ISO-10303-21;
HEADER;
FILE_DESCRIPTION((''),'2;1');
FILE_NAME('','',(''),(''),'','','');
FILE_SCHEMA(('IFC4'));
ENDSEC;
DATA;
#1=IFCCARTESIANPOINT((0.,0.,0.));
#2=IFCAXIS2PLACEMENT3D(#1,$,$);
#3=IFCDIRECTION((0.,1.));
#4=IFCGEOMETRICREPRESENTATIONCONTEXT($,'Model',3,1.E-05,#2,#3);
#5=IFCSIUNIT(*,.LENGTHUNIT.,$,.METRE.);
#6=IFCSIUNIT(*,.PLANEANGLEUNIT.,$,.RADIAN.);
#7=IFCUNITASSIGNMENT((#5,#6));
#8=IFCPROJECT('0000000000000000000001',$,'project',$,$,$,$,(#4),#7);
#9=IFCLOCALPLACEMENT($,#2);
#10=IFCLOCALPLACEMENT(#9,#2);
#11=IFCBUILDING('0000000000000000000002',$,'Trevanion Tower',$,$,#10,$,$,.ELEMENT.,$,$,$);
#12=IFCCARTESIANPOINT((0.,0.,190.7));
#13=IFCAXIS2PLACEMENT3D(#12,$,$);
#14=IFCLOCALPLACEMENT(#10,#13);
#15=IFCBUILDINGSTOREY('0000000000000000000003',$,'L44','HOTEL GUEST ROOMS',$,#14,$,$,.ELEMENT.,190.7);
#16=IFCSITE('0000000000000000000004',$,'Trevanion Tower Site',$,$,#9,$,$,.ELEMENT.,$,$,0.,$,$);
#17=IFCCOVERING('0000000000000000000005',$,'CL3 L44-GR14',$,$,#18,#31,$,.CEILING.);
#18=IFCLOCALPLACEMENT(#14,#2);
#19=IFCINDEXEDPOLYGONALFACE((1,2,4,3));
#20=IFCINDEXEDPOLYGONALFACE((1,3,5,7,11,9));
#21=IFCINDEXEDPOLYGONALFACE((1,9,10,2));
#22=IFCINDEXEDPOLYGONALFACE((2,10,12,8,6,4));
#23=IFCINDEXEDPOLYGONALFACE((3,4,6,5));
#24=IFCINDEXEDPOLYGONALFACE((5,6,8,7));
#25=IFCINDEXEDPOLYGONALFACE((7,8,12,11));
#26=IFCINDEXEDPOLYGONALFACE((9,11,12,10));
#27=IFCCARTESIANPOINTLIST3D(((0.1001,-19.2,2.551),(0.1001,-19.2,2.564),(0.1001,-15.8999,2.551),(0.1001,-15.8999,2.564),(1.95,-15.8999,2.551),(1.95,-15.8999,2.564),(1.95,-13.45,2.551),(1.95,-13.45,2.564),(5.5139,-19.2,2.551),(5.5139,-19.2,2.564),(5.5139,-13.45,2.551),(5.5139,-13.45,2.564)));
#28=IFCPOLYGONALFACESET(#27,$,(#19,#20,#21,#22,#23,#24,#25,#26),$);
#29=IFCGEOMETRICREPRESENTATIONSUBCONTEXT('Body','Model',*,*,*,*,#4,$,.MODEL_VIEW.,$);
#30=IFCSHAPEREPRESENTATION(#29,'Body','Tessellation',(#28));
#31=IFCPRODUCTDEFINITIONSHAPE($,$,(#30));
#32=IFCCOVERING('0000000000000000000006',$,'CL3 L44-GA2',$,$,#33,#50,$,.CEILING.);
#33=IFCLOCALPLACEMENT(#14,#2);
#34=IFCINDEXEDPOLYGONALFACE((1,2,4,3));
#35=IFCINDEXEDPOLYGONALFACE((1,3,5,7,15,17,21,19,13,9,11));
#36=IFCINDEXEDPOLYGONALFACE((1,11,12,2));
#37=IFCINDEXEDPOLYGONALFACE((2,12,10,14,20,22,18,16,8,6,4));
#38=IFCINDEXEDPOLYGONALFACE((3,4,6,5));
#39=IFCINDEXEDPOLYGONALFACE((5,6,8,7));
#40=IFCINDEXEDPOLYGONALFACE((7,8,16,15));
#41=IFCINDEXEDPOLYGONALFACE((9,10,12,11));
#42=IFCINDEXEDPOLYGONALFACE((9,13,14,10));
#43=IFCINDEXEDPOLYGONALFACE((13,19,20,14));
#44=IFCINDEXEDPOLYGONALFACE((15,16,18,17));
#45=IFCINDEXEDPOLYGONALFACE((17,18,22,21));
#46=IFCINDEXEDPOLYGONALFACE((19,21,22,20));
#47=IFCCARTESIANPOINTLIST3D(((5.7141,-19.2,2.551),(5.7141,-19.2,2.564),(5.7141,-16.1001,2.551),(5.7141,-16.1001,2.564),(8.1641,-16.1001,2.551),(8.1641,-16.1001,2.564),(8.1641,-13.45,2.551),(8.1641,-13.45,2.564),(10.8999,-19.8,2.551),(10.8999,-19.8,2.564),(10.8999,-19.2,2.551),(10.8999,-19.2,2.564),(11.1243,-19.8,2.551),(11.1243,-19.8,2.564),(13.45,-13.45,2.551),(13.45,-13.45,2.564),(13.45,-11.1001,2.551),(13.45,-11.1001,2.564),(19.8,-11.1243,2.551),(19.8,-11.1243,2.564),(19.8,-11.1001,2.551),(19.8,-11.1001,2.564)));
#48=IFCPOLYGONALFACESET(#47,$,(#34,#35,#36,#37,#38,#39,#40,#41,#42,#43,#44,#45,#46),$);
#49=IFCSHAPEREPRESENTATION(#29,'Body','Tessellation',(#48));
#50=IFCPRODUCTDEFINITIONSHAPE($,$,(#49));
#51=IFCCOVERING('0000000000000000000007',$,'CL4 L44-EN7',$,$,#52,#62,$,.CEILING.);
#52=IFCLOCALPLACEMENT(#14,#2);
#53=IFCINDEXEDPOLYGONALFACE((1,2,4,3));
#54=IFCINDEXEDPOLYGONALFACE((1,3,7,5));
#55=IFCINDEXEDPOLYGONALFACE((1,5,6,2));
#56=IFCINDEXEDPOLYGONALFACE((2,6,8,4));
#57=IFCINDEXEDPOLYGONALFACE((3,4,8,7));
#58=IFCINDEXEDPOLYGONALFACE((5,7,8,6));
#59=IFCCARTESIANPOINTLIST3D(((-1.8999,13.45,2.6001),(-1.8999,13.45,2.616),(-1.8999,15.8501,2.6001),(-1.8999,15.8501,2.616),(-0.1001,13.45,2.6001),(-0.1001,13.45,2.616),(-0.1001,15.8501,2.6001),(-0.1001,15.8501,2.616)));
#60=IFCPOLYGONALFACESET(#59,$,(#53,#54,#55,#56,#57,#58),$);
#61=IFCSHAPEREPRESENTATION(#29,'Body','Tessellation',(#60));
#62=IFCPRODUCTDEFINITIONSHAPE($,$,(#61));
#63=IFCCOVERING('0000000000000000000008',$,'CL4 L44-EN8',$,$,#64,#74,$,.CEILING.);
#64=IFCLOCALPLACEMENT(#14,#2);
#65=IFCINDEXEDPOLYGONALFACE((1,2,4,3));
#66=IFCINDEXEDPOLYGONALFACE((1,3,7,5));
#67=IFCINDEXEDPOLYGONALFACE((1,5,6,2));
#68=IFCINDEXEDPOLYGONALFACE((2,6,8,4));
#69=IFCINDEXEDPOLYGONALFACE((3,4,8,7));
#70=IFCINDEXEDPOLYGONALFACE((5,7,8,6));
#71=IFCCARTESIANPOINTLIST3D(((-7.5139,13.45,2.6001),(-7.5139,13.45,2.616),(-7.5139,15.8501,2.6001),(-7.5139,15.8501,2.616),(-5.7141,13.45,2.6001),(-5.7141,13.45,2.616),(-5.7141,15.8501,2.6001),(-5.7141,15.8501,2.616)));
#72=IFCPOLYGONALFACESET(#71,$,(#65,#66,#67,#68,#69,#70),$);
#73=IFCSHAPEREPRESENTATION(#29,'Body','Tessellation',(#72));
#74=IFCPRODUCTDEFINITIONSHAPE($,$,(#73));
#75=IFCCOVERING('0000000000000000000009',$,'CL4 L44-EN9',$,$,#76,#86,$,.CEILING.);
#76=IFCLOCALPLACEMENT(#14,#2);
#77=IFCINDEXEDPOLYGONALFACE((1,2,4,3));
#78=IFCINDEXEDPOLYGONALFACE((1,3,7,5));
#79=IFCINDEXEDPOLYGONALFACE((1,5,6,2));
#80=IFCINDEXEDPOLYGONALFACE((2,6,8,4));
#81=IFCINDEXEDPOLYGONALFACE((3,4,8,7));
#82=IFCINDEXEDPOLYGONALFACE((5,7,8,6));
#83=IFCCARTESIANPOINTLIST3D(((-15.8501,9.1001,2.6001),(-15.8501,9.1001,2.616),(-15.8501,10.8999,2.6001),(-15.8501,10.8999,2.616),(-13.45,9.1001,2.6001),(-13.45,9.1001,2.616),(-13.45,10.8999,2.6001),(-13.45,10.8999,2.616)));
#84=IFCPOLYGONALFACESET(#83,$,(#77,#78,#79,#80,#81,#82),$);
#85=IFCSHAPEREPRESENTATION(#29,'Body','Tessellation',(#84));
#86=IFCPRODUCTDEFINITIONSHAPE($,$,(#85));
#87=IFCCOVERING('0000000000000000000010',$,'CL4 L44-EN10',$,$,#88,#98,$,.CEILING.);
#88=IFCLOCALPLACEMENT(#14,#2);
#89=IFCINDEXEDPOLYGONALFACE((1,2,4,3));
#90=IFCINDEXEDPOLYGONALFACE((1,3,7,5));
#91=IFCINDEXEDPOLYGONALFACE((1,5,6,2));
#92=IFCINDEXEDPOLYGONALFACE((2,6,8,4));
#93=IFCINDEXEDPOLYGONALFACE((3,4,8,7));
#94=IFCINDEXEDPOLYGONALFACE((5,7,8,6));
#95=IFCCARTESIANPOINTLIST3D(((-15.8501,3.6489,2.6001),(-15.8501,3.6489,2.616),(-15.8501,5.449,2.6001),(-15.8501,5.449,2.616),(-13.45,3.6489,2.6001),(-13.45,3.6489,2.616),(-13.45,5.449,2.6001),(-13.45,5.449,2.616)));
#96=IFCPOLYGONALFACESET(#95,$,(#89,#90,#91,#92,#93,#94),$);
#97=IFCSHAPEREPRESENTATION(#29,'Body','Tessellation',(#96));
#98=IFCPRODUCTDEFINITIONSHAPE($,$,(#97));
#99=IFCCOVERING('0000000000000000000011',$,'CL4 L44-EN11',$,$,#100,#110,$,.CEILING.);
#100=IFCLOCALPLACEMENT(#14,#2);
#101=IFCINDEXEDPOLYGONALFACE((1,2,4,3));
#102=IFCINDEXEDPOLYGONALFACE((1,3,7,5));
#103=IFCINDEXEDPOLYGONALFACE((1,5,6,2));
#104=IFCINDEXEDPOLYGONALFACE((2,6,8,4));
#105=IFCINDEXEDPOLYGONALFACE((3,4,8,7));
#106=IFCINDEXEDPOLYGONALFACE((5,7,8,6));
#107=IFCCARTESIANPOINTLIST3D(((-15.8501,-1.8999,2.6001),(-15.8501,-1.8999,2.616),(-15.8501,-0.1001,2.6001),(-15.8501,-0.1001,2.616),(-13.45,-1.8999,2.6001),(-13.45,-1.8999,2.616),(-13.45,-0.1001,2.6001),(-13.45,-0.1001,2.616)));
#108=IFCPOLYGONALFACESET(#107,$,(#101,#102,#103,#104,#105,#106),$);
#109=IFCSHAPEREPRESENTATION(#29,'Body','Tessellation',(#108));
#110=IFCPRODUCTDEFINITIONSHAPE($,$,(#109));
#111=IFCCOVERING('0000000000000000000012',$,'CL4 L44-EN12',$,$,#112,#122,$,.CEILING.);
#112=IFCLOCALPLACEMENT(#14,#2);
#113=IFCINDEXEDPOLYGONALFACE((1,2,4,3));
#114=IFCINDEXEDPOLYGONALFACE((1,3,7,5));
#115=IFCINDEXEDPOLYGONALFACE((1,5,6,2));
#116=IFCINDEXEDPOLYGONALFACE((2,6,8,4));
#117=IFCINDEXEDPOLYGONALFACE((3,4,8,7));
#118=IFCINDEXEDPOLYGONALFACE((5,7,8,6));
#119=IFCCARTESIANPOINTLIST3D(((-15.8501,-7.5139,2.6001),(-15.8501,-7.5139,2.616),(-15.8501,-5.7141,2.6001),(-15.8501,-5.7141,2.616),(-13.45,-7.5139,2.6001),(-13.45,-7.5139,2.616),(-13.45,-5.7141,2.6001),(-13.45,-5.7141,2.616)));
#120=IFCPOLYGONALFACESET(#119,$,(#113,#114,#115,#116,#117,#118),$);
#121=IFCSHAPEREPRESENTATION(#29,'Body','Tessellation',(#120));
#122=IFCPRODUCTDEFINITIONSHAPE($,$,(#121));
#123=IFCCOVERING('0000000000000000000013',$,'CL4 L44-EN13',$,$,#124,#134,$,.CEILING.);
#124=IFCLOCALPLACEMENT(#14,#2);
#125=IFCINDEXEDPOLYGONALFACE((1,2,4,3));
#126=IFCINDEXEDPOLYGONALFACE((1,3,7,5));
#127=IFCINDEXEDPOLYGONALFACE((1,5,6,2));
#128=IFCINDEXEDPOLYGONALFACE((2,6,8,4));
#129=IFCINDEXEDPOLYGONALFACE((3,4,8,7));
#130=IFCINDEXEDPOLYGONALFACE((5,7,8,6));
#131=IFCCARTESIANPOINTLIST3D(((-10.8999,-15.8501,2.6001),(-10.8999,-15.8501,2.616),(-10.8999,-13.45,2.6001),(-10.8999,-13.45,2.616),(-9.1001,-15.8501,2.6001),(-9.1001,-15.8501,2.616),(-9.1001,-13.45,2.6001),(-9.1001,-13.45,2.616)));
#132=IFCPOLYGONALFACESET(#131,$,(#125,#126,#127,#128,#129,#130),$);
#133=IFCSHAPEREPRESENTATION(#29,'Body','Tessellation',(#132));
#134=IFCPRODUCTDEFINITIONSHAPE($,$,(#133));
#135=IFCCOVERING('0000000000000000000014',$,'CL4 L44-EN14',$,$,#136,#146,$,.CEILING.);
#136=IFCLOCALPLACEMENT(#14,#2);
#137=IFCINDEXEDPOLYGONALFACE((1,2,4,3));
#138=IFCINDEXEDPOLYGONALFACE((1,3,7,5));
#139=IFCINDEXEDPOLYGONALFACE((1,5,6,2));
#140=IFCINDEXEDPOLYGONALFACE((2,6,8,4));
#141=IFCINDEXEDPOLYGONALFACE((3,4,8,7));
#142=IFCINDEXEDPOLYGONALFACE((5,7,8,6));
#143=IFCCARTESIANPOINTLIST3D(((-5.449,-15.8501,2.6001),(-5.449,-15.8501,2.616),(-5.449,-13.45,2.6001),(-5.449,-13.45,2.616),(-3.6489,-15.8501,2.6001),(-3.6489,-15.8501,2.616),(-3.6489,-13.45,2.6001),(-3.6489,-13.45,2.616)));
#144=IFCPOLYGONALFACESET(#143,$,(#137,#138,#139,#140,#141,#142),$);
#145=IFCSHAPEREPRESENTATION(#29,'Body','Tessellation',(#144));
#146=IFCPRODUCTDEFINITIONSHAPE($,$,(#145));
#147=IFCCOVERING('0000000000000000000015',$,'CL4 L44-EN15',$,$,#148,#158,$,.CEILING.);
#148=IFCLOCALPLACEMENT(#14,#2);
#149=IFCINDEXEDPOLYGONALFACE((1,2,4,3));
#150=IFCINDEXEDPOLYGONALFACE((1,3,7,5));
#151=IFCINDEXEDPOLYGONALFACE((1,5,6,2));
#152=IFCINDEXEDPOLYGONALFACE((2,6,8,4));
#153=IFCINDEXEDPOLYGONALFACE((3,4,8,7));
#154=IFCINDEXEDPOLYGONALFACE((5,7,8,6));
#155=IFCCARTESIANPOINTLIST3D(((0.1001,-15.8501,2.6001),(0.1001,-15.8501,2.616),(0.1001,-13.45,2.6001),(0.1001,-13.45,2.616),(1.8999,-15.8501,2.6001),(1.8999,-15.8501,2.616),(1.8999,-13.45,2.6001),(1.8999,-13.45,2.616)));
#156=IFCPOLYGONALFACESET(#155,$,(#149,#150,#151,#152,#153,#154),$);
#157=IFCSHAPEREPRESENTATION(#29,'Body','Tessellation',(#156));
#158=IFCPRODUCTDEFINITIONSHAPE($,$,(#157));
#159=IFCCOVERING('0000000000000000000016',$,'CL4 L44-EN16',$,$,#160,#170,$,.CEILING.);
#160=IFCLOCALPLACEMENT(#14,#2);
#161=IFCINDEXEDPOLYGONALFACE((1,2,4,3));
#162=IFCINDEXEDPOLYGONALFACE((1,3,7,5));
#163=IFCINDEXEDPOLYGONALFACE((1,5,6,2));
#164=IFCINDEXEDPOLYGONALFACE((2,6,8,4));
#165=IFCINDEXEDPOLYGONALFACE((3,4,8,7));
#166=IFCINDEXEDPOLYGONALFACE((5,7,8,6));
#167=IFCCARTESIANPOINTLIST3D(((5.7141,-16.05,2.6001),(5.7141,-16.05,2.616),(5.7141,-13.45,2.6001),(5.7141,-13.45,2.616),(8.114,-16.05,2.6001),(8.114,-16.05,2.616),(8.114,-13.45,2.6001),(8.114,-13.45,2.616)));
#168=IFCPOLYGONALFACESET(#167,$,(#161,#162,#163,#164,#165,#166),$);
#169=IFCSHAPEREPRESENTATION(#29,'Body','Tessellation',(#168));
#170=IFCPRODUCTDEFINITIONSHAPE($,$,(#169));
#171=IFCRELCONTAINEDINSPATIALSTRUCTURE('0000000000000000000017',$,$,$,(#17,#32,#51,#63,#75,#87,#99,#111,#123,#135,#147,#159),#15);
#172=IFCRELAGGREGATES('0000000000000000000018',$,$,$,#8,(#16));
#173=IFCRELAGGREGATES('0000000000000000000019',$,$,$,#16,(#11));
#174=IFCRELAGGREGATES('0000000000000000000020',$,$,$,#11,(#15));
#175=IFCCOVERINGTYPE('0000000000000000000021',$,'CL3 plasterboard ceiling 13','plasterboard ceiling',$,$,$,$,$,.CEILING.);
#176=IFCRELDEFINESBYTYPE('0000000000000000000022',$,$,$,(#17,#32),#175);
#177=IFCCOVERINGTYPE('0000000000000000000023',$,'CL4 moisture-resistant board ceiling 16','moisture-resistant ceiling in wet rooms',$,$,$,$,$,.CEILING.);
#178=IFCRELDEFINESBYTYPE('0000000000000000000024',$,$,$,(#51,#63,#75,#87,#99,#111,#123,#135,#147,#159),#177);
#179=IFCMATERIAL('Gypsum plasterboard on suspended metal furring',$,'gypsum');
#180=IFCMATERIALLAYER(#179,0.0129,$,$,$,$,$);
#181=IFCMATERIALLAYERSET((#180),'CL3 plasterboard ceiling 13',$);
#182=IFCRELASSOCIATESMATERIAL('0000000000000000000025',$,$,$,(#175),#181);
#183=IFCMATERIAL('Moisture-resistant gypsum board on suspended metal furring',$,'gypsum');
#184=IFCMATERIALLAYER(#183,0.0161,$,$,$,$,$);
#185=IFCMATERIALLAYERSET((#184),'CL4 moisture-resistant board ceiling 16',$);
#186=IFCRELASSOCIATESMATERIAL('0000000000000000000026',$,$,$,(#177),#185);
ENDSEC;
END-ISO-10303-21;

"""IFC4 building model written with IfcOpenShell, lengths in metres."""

from ifc_helpers import new_model, si_unit, direction, frame, origin, place, context, subcontext, project, spatial, polyline, outline, extrude, material, layer, layer_set, type_object, element, save


model = new_model("IFC4")

# Units and contexts
model_context = context("Model", 3, precision=1e-05, world=origin(), true_north=direction((0.0, 1.0)))
body_context = subcontext(model_context, "Body", "Model", "MODEL_VIEW")
ifc_project = project(units=[si_unit("LENGTHUNIT", "METRE"), si_unit("PLANEANGLEUNIT", "RADIAN")], contexts=[model_context])

# Site, building, storey
site_placement = place(None, origin())
site = spatial("IfcSite", under=ifc_project, at=site_placement, Name="Trevanion Tower Site", CompositionType="ELEMENT", RefElevation=0.0)
building_placement = place(site_placement, origin())
building = spatial("IfcBuilding", under=site, at=building_placement, Name="Trevanion Tower", CompositionType="ELEMENT")
storey_placement = place(building_placement, frame((0.0, 0.0, 190.7)))
storey = spatial("IfcBuildingStorey", under=building, at=storey_placement, Name="L44", Description="HOTEL GUEST ROOMS", CompositionType="ELEMENT", Elevation=190.7)

# Coverings
ifc_material_1 = material(Name="Gypsum plasterboard on suspended metal furring", Category="gypsum")
ifc_layer_1 = layer(ifc_material_1, 0.0129)
ifc_layer_set_1 = layer_set([ifc_layer_1], Name="CL3 plasterboard ceiling 13")
covering_type_1 = type_object("IfcCoveringType", Name="CL3 plasterboard ceiling 13", Description="plasterboard ceiling", PredefinedType="CEILING", material=ifc_layer_set_1)
covering_1_placement = place(storey_placement, frame((0.0, 0.0, 2.551)))
element("IfcCovering", 1, at=covering_1_placement, inside=storey, type_object=covering_type_1, Name="CL3 L44-GR14", PredefinedType="CEILING", context=body_context, shape_type="SweptSolid", body=[
    extrude(outline(polyline([(5.5139, -13.45), (5.5139, -19.2), (0.1001, -19.2), (0.1001, -15.8999), (1.95, -15.8999), (1.95, -13.45), (5.5139, -13.45)])), origin(), (0.0, 0.0, 1.0), 0.0129),
])
covering_2_placement = place(storey_placement, frame((0.0, 0.0, 2.551)))
element("IfcCovering", 2, at=covering_2_placement, inside=storey, type_object=covering_type_1, Name="CL3 L44-GA2", PredefinedType="CEILING", context=body_context, shape_type="SweptSolid", body=[
    extrude(outline(polyline([(13.45, -11.1001), (19.8, -11.1001), (19.8, -11.1243), (11.1243, -19.8), (10.8999, -19.8), (10.8999, -19.2), (5.7141, -19.2), (5.7141, -16.1001), (8.1641, -16.1001), (8.1641, -13.45), (13.45, -13.45), (13.45, -11.1001)])), origin(), (0.0, 0.0, 1.0), 0.0129),
])
ifc_material_2 = material(Name="Moisture-resistant gypsum board on suspended metal furring", Category="gypsum")
ifc_layer_2 = layer(ifc_material_2, 0.0161)
ifc_layer_set_2 = layer_set([ifc_layer_2], Name="CL4 moisture-resistant board ceiling 16")
covering_type_2 = type_object("IfcCoveringType", Name="CL4 moisture-resistant board ceiling 16", Description="moisture-resistant ceiling in wet rooms", PredefinedType="CEILING", material=ifc_layer_set_2)
covering_3_placement = place(storey_placement, frame((0.0, 0.0, 2.6001)))
element("IfcCovering", 3, at=covering_3_placement, inside=storey, type_object=covering_type_2, Name="CL4 L44-EN7", PredefinedType="CEILING", context=body_context, shape_type="SweptSolid", body=[
    extrude(outline(polyline([(-0.1001, 15.8501), (-1.8999, 15.8501), (-1.8999, 13.45), (-0.1001, 13.45), (-0.1001, 15.8501)])), origin(), (0.0, 0.0, 1.0), 0.0159),
])
covering_4_placement = place(storey_placement, frame((0.0, 0.0, 2.6001)))
element("IfcCovering", 4, at=covering_4_placement, inside=storey, type_object=covering_type_2, Name="CL4 L44-EN8", PredefinedType="CEILING", context=body_context, shape_type="SweptSolid", body=[
    extrude(outline(polyline([(-5.7141, 15.8501), (-7.5139, 15.8501), (-7.5139, 13.45), (-5.7141, 13.45), (-5.7141, 15.8501)])), origin(), (0.0, 0.0, 1.0), 0.0159),
])
covering_5_placement = place(storey_placement, frame((0.0, 0.0, 2.6001)))
element("IfcCovering", 5, at=covering_5_placement, inside=storey, type_object=covering_type_2, Name="CL4 L44-EN9", PredefinedType="CEILING", context=body_context, shape_type="SweptSolid", body=[
    extrude(outline(polyline([(-15.8501, 10.8999), (-15.8501, 9.1001), (-13.45, 9.1001), (-13.45, 10.8999), (-15.8501, 10.8999)])), origin(), (0.0, 0.0, 1.0), 0.0159),
])
covering_6_placement = place(storey_placement, frame((0.0, 0.0, 2.6001)))
element("IfcCovering", 6, at=covering_6_placement, inside=storey, type_object=covering_type_2, Name="CL4 L44-EN10", PredefinedType="CEILING", context=body_context, shape_type="SweptSolid", body=[
    extrude(outline(polyline([(-15.8501, 5.449), (-15.8501, 3.6489), (-13.45, 3.6489), (-13.45, 5.449), (-15.8501, 5.449)])), origin(), (0.0, 0.0, 1.0), 0.0159),
])
covering_7_placement = place(storey_placement, frame((0.0, 0.0, 2.6001)))
element("IfcCovering", 7, at=covering_7_placement, inside=storey, type_object=covering_type_2, Name="CL4 L44-EN11", PredefinedType="CEILING", context=body_context, shape_type="SweptSolid", body=[
    extrude(outline(polyline([(-15.8501, -0.1001), (-15.8501, -1.8999), (-13.45, -1.8999), (-13.45, -0.1001), (-15.8501, -0.1001)])), origin(), (0.0, 0.0, 1.0), 0.0159),
])
covering_8_placement = place(storey_placement, frame((0.0, 0.0, 2.6001)))
element("IfcCovering", 8, at=covering_8_placement, inside=storey, type_object=covering_type_2, Name="CL4 L44-EN12", PredefinedType="CEILING", context=body_context, shape_type="SweptSolid", body=[
    extrude(outline(polyline([(-15.8501, -5.7141), (-15.8501, -7.5139), (-13.45, -7.5139), (-13.45, -5.7141), (-15.8501, -5.7141)])), origin(), (0.0, 0.0, 1.0), 0.0159),
])
covering_9_placement = place(storey_placement, frame((0.0, 0.0, 2.6001)))
element("IfcCovering", 9, at=covering_9_placement, inside=storey, type_object=covering_type_2, Name="CL4 L44-EN13", PredefinedType="CEILING", context=body_context, shape_type="SweptSolid", body=[
    extrude(outline(polyline([(-10.8999, -15.8501), (-9.1001, -15.8501), (-9.1001, -13.45), (-10.8999, -13.45), (-10.8999, -15.8501)])), origin(), (0.0, 0.0, 1.0), 0.0159),
])
covering_10_placement = place(storey_placement, frame((0.0, 0.0, 2.6001)))
element("IfcCovering", 10, at=covering_10_placement, inside=storey, type_object=covering_type_2, Name="CL4 L44-EN14", PredefinedType="CEILING", context=body_context, shape_type="SweptSolid", body=[
    extrude(outline(polyline([(-5.449, -15.8501), (-3.6489, -15.8501), (-3.6489, -13.45), (-5.449, -13.45), (-5.449, -15.8501)])), origin(), (0.0, 0.0, 1.0), 0.0159),
])
covering_11_placement = place(storey_placement, frame((0.0, 0.0, 2.6001)))
element("IfcCovering", 11, at=covering_11_placement, inside=storey, type_object=covering_type_2, Name="CL4 L44-EN15", PredefinedType="CEILING", context=body_context, shape_type="SweptSolid", body=[
    extrude(outline(polyline([(0.1001, -15.8501), (1.8999, -15.8501), (1.8999, -13.45), (0.1001, -13.45), (0.1001, -15.8501)])), origin(), (0.0, 0.0, 1.0), 0.0159),
])
covering_12_placement = place(storey_placement, frame((0.0, 0.0, 2.6001)))
element("IfcCovering", 12, at=covering_12_placement, inside=storey, type_object=covering_type_2, Name="CL4 L44-EN16", PredefinedType="CEILING", context=body_context, shape_type="SweptSolid", body=[
    extrude(outline(polyline([(5.7141, -16.05), (8.114, -16.05), (8.114, -13.45), (5.7141, -13.45), (5.7141, -16.05)])), origin(), (0.0, 0.0, 1.0), 0.0159),
])

save(model, "model.ifc")
